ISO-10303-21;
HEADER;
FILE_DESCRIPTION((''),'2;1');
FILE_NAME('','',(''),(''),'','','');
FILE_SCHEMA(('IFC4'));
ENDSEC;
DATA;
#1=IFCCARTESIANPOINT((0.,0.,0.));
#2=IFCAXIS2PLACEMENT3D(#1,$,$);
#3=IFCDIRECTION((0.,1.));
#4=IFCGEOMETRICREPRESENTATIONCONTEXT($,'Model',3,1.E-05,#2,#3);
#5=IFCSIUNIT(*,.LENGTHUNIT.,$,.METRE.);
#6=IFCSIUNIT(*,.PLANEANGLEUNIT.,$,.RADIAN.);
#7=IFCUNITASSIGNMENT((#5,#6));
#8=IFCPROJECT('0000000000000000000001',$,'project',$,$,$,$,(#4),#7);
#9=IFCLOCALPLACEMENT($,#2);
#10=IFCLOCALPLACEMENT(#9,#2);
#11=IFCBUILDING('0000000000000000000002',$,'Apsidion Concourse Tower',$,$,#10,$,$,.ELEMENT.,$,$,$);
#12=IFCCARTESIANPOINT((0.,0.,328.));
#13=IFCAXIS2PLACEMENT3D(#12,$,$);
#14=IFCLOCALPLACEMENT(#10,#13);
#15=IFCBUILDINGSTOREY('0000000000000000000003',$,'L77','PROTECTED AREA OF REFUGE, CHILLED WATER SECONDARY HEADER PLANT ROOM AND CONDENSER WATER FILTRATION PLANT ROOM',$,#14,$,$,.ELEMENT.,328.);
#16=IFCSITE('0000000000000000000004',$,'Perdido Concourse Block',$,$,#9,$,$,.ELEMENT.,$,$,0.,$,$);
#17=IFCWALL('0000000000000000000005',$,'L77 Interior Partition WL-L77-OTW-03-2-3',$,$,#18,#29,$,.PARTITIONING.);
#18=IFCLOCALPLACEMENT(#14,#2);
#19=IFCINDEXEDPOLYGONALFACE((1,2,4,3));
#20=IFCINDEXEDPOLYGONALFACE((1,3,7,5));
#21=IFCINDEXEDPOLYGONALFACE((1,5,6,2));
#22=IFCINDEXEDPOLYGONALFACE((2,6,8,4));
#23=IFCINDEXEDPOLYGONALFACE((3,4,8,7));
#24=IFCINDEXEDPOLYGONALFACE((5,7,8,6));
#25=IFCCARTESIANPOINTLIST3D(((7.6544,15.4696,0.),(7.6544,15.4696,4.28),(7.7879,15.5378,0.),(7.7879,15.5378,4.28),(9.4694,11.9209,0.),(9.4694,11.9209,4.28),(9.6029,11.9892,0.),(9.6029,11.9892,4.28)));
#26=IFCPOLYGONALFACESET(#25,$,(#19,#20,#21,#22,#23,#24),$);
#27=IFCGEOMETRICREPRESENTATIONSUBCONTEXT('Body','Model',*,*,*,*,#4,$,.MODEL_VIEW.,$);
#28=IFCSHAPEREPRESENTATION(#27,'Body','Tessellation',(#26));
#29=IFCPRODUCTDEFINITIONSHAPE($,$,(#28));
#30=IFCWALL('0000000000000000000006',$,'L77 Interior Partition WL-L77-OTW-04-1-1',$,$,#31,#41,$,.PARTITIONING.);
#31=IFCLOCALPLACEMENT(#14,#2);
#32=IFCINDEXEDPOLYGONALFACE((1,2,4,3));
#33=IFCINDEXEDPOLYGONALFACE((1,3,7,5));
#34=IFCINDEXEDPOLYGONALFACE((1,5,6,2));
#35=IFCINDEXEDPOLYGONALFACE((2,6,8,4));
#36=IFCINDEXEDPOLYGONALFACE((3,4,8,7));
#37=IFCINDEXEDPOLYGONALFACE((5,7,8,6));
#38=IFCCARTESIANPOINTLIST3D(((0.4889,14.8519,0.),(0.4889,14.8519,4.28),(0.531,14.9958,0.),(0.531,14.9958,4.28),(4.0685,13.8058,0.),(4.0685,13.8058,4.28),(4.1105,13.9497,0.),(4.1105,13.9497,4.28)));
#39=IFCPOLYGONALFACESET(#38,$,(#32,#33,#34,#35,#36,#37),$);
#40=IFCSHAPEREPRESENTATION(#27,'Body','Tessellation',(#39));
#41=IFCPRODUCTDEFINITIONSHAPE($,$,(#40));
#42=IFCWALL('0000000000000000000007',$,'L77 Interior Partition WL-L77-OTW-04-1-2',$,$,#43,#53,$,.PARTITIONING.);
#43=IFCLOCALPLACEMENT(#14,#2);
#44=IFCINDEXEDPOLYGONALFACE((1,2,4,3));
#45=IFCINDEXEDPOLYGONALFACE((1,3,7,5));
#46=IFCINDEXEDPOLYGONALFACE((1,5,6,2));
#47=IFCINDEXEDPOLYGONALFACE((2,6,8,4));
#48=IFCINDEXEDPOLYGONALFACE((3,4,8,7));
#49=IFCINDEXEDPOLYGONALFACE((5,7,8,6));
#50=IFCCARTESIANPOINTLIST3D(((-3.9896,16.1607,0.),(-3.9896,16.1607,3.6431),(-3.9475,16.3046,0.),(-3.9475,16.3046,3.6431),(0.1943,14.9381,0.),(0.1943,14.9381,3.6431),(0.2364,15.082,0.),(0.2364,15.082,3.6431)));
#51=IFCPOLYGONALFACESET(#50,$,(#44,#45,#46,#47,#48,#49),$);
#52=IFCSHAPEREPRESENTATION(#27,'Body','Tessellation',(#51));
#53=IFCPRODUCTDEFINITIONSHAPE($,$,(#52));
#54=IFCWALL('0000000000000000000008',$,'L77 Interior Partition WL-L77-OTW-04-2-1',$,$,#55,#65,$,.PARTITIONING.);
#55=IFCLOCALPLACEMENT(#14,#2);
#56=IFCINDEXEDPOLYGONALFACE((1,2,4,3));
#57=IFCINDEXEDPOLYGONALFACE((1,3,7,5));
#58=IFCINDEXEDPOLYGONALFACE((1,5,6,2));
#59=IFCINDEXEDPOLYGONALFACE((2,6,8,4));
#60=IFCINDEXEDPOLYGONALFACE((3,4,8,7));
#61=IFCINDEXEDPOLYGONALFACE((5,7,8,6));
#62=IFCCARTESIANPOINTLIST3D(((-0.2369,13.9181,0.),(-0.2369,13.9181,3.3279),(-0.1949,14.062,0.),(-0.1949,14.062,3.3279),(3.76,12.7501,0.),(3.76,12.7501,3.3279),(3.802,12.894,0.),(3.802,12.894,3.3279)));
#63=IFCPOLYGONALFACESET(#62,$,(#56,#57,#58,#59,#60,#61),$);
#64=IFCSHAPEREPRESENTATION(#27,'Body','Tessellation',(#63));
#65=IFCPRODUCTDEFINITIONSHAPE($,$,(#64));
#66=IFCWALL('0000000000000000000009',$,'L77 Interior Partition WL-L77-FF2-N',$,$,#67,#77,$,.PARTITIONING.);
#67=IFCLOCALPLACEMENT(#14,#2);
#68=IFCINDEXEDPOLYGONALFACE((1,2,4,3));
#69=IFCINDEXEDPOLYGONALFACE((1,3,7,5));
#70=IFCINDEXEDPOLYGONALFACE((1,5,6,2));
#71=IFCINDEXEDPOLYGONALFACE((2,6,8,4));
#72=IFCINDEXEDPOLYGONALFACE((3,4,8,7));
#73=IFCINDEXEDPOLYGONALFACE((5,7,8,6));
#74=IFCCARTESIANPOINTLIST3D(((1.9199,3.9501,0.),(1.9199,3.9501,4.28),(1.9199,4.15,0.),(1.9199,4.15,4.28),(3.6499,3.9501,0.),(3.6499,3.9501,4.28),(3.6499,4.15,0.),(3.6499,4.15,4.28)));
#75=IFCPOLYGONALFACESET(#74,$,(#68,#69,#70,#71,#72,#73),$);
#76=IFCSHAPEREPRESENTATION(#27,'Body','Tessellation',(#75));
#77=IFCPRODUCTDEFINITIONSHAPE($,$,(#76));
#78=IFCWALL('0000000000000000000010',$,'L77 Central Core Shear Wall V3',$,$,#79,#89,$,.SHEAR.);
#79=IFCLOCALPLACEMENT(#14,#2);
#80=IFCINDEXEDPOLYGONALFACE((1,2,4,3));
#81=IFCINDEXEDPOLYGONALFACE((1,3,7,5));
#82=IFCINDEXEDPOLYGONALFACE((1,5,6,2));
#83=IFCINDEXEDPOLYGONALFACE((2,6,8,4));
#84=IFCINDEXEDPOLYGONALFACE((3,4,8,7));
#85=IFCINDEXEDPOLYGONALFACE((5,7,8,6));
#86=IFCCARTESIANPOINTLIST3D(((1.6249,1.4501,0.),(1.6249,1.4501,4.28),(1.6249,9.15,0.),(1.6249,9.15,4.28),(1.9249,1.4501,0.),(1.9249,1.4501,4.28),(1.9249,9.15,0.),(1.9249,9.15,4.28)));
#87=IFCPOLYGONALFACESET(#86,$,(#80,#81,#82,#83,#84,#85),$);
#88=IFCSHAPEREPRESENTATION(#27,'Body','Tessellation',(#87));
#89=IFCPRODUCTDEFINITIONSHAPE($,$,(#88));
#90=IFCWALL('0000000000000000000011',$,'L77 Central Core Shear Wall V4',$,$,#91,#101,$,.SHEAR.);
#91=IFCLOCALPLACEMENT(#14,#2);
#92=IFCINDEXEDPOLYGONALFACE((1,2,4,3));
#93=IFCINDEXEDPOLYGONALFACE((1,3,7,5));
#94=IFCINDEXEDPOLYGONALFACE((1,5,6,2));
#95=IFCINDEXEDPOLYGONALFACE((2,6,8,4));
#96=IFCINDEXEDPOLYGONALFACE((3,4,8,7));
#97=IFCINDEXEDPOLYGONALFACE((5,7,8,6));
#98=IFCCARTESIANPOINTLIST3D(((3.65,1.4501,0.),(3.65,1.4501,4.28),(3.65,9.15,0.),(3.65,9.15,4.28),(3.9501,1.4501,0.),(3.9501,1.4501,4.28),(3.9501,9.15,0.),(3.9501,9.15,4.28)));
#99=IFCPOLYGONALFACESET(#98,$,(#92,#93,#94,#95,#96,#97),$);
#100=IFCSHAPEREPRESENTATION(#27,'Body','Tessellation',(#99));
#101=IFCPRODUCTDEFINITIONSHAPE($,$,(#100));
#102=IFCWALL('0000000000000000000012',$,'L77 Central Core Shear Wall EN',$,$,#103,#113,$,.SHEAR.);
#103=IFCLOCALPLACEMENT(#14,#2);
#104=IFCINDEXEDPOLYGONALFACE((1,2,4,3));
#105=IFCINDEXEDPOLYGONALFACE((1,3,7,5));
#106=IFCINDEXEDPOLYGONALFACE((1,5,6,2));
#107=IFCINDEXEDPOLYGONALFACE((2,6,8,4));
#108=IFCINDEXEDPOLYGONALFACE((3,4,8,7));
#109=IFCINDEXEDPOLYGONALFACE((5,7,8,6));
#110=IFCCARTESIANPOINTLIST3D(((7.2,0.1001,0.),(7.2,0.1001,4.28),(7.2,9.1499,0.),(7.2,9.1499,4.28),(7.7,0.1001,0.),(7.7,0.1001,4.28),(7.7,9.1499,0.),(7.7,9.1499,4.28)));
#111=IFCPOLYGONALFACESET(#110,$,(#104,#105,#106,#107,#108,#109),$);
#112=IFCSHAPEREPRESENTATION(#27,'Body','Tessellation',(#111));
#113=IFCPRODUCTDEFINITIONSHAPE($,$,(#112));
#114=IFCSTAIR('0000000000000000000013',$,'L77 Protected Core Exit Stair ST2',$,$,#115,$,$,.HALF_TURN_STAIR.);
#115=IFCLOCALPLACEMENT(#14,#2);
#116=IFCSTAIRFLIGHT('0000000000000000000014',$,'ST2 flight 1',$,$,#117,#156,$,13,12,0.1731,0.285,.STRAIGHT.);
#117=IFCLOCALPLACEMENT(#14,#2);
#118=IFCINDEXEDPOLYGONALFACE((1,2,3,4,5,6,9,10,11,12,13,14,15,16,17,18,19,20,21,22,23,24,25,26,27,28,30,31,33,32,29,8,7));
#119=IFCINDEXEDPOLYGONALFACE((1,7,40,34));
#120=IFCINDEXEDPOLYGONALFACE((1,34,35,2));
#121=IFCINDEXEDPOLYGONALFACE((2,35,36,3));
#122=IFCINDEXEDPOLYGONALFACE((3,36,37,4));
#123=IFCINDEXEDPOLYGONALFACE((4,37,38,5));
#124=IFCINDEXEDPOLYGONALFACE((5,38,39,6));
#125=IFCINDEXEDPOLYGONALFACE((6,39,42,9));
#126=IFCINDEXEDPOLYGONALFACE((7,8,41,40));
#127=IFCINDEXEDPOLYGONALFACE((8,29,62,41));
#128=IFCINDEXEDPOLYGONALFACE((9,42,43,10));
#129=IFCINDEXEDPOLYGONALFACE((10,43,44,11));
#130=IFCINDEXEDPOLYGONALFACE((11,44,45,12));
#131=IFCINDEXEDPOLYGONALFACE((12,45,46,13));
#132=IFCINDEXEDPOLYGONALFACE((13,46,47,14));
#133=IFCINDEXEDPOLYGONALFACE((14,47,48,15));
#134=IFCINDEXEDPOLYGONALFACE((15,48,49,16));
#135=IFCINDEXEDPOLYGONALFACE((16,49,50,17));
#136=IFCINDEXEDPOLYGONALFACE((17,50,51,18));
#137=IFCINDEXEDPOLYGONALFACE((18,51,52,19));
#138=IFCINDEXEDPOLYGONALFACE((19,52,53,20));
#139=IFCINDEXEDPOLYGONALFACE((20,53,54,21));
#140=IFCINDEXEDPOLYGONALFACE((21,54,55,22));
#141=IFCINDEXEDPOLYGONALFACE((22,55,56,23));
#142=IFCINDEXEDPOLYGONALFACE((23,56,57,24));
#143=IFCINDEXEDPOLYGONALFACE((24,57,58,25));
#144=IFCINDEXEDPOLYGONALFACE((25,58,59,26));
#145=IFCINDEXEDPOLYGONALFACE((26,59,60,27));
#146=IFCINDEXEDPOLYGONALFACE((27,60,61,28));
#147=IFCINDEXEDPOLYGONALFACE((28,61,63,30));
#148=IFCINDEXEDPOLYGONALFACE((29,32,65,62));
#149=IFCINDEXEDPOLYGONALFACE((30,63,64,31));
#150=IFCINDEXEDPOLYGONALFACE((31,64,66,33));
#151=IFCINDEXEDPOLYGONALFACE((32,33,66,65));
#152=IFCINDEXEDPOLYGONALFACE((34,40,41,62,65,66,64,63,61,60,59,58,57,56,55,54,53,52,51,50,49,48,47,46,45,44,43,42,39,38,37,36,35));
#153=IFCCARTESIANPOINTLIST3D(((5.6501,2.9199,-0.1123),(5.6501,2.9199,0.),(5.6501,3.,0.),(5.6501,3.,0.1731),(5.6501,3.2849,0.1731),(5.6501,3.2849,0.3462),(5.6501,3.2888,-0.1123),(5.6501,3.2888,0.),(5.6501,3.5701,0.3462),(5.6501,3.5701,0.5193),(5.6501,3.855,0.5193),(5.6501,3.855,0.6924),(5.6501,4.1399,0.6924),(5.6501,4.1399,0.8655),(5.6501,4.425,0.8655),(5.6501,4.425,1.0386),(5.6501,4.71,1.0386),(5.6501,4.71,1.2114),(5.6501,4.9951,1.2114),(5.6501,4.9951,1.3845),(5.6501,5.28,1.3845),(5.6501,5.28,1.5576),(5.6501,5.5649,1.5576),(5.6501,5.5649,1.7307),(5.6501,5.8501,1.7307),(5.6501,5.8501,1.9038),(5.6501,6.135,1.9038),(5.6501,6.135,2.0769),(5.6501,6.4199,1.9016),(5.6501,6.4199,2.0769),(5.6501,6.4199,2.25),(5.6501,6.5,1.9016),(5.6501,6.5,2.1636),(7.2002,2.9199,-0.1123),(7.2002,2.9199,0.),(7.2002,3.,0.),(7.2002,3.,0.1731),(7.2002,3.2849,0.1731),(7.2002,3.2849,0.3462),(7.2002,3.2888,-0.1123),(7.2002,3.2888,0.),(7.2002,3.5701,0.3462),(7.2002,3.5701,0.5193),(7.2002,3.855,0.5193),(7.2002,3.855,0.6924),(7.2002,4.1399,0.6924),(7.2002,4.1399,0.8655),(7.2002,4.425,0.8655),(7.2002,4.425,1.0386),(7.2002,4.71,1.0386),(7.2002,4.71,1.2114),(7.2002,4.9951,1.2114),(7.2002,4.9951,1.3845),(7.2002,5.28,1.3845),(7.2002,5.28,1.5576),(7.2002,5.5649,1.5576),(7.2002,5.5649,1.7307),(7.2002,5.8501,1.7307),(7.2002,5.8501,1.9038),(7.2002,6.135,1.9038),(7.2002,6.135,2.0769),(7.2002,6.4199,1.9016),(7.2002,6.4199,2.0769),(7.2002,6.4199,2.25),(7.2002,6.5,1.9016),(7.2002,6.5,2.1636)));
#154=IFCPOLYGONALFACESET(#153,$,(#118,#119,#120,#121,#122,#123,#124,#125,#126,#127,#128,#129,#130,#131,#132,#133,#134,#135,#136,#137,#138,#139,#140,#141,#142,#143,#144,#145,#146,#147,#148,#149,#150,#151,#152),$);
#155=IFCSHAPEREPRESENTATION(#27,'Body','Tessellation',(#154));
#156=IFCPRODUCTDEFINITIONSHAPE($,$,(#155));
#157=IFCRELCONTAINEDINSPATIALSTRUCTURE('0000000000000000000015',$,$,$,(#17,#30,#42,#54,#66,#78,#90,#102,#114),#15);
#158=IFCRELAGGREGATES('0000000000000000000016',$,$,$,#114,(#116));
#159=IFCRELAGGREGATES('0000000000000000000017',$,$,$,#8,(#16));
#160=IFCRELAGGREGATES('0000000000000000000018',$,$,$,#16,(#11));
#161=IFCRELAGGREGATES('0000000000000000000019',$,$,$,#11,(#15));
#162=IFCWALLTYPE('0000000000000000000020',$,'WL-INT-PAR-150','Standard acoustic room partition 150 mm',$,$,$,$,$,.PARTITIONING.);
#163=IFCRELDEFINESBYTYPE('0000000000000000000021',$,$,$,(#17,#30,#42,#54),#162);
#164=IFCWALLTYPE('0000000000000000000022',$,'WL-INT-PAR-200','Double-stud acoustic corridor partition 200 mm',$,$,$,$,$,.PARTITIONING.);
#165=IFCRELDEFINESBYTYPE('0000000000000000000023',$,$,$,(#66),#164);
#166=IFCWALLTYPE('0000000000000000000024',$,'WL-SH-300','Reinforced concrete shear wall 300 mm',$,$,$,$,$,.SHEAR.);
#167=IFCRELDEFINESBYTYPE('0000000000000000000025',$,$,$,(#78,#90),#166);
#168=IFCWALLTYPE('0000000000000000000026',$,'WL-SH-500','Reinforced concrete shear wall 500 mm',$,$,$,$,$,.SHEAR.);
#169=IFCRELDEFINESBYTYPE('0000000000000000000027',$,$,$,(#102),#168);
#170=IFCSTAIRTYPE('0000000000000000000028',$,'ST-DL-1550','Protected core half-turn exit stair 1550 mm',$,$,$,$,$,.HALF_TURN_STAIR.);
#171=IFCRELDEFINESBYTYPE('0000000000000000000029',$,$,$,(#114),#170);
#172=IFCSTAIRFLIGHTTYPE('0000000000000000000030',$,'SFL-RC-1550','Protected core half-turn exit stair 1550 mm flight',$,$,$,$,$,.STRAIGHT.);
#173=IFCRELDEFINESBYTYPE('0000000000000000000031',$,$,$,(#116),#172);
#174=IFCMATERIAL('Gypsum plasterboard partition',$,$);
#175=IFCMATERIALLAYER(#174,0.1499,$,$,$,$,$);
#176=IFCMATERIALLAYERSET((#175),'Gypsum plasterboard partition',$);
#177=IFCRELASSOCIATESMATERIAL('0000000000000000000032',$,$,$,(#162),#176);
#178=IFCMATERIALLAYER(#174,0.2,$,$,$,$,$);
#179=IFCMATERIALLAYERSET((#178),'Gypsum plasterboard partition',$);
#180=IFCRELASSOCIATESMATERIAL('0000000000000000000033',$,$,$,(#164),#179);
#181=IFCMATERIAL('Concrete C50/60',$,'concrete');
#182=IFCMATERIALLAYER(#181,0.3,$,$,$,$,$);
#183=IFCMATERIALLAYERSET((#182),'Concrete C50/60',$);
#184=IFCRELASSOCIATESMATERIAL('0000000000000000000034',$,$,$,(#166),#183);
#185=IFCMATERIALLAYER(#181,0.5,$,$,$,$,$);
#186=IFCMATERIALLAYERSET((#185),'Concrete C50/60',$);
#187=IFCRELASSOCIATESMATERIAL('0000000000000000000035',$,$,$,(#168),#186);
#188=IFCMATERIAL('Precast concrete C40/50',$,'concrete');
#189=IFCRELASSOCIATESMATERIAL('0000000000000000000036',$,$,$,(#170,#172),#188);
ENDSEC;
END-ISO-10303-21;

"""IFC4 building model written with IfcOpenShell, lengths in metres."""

from ifc_helpers import new_model, si_unit, direction, frame, frame_2d, origin, place, context, subcontext, project, spatial, polyline, rectangle, outline, extrude, material, layer, layer_set, type_object, element, aggregate, save


model = new_model("IFC4")

# Units and contexts
model_context = context("Model", 3, precision=1e-05, world=origin(), true_north=direction((0.0, 1.0)))
body_context = subcontext(model_context, "Body", "Model", "MODEL_VIEW")
ifc_project = project(units=[si_unit("LENGTHUNIT", "METRE"), si_unit("PLANEANGLEUNIT", "RADIAN")], contexts=[model_context])

# Site, building, storey
site_placement = place(None, origin())
site = spatial("IfcSite", under=ifc_project, at=site_placement, Name="Perdido Concourse Block", CompositionType="ELEMENT", RefElevation=0.0)
building_placement = place(site_placement, origin())
building = spatial("IfcBuilding", under=site, at=building_placement, Name="Apsidion Concourse Tower", CompositionType="ELEMENT")
storey_placement = place(building_placement, frame((0.0, 0.0, 328.0)))
storey = spatial("IfcBuildingStorey", under=building, at=storey_placement, Name="L77", Description="PROTECTED AREA OF REFUGE, CHILLED WATER SECONDARY HEADER PLANT ROOM AND CONDENSER WATER FILTRATION PLANT ROOM", CompositionType="ELEMENT", Elevation=328.0)

# Shared definitions
ifc_material_1 = material(Name="Concrete C50/60", Category="concrete")

# Walls
ifc_material_2 = material(Name="Gypsum plasterboard partition")
ifc_layer_1 = layer(ifc_material_2, 0.1499)
ifc_layer_set_1 = layer_set([ifc_layer_1], Name="Gypsum plasterboard partition")
wall_type_1 = type_object("IfcWallType", Name="WL-INT-PAR-150", Description="Standard acoustic room partition 150 mm", PredefinedType="PARTITIONING", material=ifc_layer_set_1)
wall_1_placement = place(storey_placement, frame((9.5361, 11.9551, 0.0), z_axis=(0.0, 0.0, 1.0), x_axis=(-0.455354, 0.890311, 0.0)))
element("IfcWall", 1, at=wall_1_placement, inside=storey, type_object=wall_type_1, Name="L77 Interior Partition WL-L77-OTW-03-2-3", PredefinedType="PARTITIONING", context=body_context, shape_type="SweptSolid", body=[
    extrude(rectangle(XDim=3.9858, YDim=0.1499, at=frame_2d((1.9929, 0.0))), origin(), (0.0, 0.0, 1.0), 4.28),
])
wall_2_placement = place(storey_placement, frame((4.0896, 13.8777, 0.0), z_axis=(0.0, 0.0, 1.0), x_axis=(-0.959849, 0.280518, 0.0)))
element("IfcWall", 2, at=wall_2_placement, inside=storey, type_object=wall_type_1, Name="L77 Interior Partition WL-L77-OTW-04-1-1", PredefinedType="PARTITIONING", context=body_context, shape_type="SweptSolid", body=[
    extrude(rectangle(XDim=3.7292, YDim=0.1499, at=frame_2d((1.8647, 0.0))), origin(), (0.0, 0.0, 1.0), 4.28),
])
wall_3_placement = place(storey_placement, frame((0.2153, 15.01, 0.0), z_axis=(0.0, 0.0, 1.0), x_axis=(-0.959854, 0.280501, 0.0)))
element("IfcWall", 3, at=wall_3_placement, inside=storey, type_object=wall_type_1, Name="L77 Interior Partition WL-L77-OTW-04-1-2", PredefinedType="PARTITIONING", context=body_context, shape_type="SweptSolid", body=[
    extrude(rectangle(XDim=4.3589, YDim=0.1499, at=frame_2d((2.1794, 0.0))), origin(), (0.0, 0.0, 1.0), 3.6431),
])
wall_4_placement = place(storey_placement, frame((3.781, 12.822, 0.0), z_axis=(0.0, 0.0, 1.0), x_axis=(-0.959856, 0.280493, 0.0)))
element("IfcWall", 4, at=wall_4_placement, inside=storey, type_object=wall_type_1, Name="L77 Interior Partition WL-L77-OTW-04-2-1", PredefinedType="PARTITIONING", context=body_context, shape_type="SweptSolid", body=[
    extrude(rectangle(XDim=4.1641, YDim=0.1499, at=frame_2d((2.082, 0.0))), origin(), (0.0, 0.0, 1.0), 3.3279),
])
ifc_layer_2 = layer(ifc_material_2, 0.2)
ifc_layer_set_2 = layer_set([ifc_layer_2], Name="Gypsum plasterboard partition")
wall_type_2 = type_object("IfcWallType", Name="WL-INT-PAR-200", Description="Double-stud acoustic corridor partition 200 mm", PredefinedType="PARTITIONING", material=ifc_layer_set_2)
wall_5_placement = place(storey_placement, frame((1.9199, 4.05, 0.0), z_axis=(0.0, 0.0, 1.0), x_axis=(1.0, 0.0, 0.0)))
element("IfcWall", 5, at=wall_5_placement, inside=storey, type_object=wall_type_2, Name="L77 Interior Partition WL-L77-FF2-N", PredefinedType="PARTITIONING", context=body_context, shape_type="SweptSolid", body=[
    extrude(rectangle(XDim=1.73, YDim=0.2, at=frame_2d((0.865, 0.0))), origin(), (0.0, 0.0, 1.0), 4.28),
])
ifc_layer_3 = layer(ifc_material_1, 0.3)
ifc_layer_set_3 = layer_set([ifc_layer_3], Name="Concrete C50/60")
wall_type_3 = type_object("IfcWallType", Name="WL-SH-300", Description="Reinforced concrete shear wall 300 mm", PredefinedType="SHEAR", material=ifc_layer_set_3)
for number, where, z_axis, x_axis, name in (
    (6, (1.7749, 1.45, 0.0), (0.0, 0.0, 1.0), (0.0, 1.0, 0.0), "L77 Central Core Shear Wall V3"),
    (7, (3.8, 1.45, 0.0), (0.0, 0.0, 1.0), (0.0, 1.0, 0.0), "L77 Central Core Shear Wall V4"),
):
    element("IfcWall", number, at=place(storey_placement, frame(where, z_axis=z_axis, x_axis=x_axis)), inside=storey, type_object=wall_type_3, Name=name, PredefinedType="SHEAR", context=body_context, shape_type="SweptSolid", body=[
        extrude(rectangle(XDim=7.7, YDim=0.3, at=frame_2d((3.8501, 0.0))), origin(), (0.0, 0.0, 1.0), 4.28),
    ])
ifc_layer_4 = layer(ifc_material_1, 0.5)
ifc_layer_set_4 = layer_set([ifc_layer_4], Name="Concrete C50/60")
wall_type_4 = type_object("IfcWallType", Name="WL-SH-500", Description="Reinforced concrete shear wall 500 mm", PredefinedType="SHEAR", material=ifc_layer_set_4)
wall_6_placement = place(storey_placement, frame((7.45, 0.1001, 0.0), z_axis=(0.0, 0.0, 1.0), x_axis=(0.0, 1.0, 0.0)))
element("IfcWall", 8, at=wall_6_placement, inside=storey, type_object=wall_type_4, Name="L77 Central Core Shear Wall EN", PredefinedType="SHEAR", context=body_context, shape_type="SweptSolid", body=[
    extrude(rectangle(XDim=9.0498, YDim=0.5, at=frame_2d((4.5249, 0.0))), origin(), (0.0, 0.0, 1.0), 4.28),
])

# Stair, stair flight
ifc_material_3 = material(Name="Precast concrete C40/50", Category="concrete")
stair_type = type_object("IfcStairType", Name="ST-DL-1550", Description="Protected core half-turn exit stair 1550 mm", PredefinedType="HALF_TURN_STAIR", material=ifc_material_3)
stair_1_placement = place(storey_placement, origin())
stair_1 = element("IfcStair", 9, at=stair_1_placement, inside=storey, type_object=stair_type, Name="L77 Protected Core Exit Stair ST2", PredefinedType="HALF_TURN_STAIR")
stair_flight_type = type_object("IfcStairFlightType", Name="SFL-RC-1550", Description="Protected core half-turn exit stair 1550 mm flight", PredefinedType="STRAIGHT", material=ifc_material_3)
stair_flight_1_placement = place(storey_placement, frame((6.425, 3.0, 0.0), z_axis=(0.0, 0.0, 1.0), x_axis=(0.0, 1.0, 0.0)))
stair_flight_1 = element("IfcStairFlight", 10, at=stair_flight_1_placement, type_object=stair_flight_type, Name="ST2 flight 1", NumberOfRisers=13, NumberOfTreads=12, PredefinedType="STRAIGHT", RiserHeight=0.1731, TreadLength=0.285, context=body_context, shape_type="SweptSolid", body=[
    extrude(outline(polyline([(-0.0801, -0.1123), (-0.0801, 0.0), (0.0, 0.0), (0.0, 0.1731), (0.2849, 0.1731), (0.2849, 0.3462), (0.5701, 0.3462), (0.5701, 0.5193), (0.855, 0.5193), (0.855, 0.6924), (1.1399, 0.6924), (1.1399, 0.8655), (1.425, 0.8655), (1.425, 1.0386), (1.71, 1.0386), (1.71, 1.2114), (1.9951, 1.2114), (1.9951, 1.3845), (2.28, 1.3845), (2.28, 1.5576), (2.5649, 1.5576), (2.5649, 1.7307), (2.8501, 1.7307), (2.8501, 1.9038), (3.135, 1.9038), (3.135, 2.0769), (3.4199, 2.0769), (3.4199, 2.25), (3.5, 2.1636), (3.5, 1.9016), (3.4199, 1.9016), (0.2888, 0.0), (0.2888, -0.1123), (-0.0801, -0.1123)])), frame((0.0, 0.7749, 0.0), z_axis=(0.0, -1.0, 0.0), x_axis=(1.0, 0.0, 0.0)), (0.0, 0.0, 1.0), 1.55),
])
aggregate(stair_1, [stair_flight_1])

save(model, "model.ifc")
